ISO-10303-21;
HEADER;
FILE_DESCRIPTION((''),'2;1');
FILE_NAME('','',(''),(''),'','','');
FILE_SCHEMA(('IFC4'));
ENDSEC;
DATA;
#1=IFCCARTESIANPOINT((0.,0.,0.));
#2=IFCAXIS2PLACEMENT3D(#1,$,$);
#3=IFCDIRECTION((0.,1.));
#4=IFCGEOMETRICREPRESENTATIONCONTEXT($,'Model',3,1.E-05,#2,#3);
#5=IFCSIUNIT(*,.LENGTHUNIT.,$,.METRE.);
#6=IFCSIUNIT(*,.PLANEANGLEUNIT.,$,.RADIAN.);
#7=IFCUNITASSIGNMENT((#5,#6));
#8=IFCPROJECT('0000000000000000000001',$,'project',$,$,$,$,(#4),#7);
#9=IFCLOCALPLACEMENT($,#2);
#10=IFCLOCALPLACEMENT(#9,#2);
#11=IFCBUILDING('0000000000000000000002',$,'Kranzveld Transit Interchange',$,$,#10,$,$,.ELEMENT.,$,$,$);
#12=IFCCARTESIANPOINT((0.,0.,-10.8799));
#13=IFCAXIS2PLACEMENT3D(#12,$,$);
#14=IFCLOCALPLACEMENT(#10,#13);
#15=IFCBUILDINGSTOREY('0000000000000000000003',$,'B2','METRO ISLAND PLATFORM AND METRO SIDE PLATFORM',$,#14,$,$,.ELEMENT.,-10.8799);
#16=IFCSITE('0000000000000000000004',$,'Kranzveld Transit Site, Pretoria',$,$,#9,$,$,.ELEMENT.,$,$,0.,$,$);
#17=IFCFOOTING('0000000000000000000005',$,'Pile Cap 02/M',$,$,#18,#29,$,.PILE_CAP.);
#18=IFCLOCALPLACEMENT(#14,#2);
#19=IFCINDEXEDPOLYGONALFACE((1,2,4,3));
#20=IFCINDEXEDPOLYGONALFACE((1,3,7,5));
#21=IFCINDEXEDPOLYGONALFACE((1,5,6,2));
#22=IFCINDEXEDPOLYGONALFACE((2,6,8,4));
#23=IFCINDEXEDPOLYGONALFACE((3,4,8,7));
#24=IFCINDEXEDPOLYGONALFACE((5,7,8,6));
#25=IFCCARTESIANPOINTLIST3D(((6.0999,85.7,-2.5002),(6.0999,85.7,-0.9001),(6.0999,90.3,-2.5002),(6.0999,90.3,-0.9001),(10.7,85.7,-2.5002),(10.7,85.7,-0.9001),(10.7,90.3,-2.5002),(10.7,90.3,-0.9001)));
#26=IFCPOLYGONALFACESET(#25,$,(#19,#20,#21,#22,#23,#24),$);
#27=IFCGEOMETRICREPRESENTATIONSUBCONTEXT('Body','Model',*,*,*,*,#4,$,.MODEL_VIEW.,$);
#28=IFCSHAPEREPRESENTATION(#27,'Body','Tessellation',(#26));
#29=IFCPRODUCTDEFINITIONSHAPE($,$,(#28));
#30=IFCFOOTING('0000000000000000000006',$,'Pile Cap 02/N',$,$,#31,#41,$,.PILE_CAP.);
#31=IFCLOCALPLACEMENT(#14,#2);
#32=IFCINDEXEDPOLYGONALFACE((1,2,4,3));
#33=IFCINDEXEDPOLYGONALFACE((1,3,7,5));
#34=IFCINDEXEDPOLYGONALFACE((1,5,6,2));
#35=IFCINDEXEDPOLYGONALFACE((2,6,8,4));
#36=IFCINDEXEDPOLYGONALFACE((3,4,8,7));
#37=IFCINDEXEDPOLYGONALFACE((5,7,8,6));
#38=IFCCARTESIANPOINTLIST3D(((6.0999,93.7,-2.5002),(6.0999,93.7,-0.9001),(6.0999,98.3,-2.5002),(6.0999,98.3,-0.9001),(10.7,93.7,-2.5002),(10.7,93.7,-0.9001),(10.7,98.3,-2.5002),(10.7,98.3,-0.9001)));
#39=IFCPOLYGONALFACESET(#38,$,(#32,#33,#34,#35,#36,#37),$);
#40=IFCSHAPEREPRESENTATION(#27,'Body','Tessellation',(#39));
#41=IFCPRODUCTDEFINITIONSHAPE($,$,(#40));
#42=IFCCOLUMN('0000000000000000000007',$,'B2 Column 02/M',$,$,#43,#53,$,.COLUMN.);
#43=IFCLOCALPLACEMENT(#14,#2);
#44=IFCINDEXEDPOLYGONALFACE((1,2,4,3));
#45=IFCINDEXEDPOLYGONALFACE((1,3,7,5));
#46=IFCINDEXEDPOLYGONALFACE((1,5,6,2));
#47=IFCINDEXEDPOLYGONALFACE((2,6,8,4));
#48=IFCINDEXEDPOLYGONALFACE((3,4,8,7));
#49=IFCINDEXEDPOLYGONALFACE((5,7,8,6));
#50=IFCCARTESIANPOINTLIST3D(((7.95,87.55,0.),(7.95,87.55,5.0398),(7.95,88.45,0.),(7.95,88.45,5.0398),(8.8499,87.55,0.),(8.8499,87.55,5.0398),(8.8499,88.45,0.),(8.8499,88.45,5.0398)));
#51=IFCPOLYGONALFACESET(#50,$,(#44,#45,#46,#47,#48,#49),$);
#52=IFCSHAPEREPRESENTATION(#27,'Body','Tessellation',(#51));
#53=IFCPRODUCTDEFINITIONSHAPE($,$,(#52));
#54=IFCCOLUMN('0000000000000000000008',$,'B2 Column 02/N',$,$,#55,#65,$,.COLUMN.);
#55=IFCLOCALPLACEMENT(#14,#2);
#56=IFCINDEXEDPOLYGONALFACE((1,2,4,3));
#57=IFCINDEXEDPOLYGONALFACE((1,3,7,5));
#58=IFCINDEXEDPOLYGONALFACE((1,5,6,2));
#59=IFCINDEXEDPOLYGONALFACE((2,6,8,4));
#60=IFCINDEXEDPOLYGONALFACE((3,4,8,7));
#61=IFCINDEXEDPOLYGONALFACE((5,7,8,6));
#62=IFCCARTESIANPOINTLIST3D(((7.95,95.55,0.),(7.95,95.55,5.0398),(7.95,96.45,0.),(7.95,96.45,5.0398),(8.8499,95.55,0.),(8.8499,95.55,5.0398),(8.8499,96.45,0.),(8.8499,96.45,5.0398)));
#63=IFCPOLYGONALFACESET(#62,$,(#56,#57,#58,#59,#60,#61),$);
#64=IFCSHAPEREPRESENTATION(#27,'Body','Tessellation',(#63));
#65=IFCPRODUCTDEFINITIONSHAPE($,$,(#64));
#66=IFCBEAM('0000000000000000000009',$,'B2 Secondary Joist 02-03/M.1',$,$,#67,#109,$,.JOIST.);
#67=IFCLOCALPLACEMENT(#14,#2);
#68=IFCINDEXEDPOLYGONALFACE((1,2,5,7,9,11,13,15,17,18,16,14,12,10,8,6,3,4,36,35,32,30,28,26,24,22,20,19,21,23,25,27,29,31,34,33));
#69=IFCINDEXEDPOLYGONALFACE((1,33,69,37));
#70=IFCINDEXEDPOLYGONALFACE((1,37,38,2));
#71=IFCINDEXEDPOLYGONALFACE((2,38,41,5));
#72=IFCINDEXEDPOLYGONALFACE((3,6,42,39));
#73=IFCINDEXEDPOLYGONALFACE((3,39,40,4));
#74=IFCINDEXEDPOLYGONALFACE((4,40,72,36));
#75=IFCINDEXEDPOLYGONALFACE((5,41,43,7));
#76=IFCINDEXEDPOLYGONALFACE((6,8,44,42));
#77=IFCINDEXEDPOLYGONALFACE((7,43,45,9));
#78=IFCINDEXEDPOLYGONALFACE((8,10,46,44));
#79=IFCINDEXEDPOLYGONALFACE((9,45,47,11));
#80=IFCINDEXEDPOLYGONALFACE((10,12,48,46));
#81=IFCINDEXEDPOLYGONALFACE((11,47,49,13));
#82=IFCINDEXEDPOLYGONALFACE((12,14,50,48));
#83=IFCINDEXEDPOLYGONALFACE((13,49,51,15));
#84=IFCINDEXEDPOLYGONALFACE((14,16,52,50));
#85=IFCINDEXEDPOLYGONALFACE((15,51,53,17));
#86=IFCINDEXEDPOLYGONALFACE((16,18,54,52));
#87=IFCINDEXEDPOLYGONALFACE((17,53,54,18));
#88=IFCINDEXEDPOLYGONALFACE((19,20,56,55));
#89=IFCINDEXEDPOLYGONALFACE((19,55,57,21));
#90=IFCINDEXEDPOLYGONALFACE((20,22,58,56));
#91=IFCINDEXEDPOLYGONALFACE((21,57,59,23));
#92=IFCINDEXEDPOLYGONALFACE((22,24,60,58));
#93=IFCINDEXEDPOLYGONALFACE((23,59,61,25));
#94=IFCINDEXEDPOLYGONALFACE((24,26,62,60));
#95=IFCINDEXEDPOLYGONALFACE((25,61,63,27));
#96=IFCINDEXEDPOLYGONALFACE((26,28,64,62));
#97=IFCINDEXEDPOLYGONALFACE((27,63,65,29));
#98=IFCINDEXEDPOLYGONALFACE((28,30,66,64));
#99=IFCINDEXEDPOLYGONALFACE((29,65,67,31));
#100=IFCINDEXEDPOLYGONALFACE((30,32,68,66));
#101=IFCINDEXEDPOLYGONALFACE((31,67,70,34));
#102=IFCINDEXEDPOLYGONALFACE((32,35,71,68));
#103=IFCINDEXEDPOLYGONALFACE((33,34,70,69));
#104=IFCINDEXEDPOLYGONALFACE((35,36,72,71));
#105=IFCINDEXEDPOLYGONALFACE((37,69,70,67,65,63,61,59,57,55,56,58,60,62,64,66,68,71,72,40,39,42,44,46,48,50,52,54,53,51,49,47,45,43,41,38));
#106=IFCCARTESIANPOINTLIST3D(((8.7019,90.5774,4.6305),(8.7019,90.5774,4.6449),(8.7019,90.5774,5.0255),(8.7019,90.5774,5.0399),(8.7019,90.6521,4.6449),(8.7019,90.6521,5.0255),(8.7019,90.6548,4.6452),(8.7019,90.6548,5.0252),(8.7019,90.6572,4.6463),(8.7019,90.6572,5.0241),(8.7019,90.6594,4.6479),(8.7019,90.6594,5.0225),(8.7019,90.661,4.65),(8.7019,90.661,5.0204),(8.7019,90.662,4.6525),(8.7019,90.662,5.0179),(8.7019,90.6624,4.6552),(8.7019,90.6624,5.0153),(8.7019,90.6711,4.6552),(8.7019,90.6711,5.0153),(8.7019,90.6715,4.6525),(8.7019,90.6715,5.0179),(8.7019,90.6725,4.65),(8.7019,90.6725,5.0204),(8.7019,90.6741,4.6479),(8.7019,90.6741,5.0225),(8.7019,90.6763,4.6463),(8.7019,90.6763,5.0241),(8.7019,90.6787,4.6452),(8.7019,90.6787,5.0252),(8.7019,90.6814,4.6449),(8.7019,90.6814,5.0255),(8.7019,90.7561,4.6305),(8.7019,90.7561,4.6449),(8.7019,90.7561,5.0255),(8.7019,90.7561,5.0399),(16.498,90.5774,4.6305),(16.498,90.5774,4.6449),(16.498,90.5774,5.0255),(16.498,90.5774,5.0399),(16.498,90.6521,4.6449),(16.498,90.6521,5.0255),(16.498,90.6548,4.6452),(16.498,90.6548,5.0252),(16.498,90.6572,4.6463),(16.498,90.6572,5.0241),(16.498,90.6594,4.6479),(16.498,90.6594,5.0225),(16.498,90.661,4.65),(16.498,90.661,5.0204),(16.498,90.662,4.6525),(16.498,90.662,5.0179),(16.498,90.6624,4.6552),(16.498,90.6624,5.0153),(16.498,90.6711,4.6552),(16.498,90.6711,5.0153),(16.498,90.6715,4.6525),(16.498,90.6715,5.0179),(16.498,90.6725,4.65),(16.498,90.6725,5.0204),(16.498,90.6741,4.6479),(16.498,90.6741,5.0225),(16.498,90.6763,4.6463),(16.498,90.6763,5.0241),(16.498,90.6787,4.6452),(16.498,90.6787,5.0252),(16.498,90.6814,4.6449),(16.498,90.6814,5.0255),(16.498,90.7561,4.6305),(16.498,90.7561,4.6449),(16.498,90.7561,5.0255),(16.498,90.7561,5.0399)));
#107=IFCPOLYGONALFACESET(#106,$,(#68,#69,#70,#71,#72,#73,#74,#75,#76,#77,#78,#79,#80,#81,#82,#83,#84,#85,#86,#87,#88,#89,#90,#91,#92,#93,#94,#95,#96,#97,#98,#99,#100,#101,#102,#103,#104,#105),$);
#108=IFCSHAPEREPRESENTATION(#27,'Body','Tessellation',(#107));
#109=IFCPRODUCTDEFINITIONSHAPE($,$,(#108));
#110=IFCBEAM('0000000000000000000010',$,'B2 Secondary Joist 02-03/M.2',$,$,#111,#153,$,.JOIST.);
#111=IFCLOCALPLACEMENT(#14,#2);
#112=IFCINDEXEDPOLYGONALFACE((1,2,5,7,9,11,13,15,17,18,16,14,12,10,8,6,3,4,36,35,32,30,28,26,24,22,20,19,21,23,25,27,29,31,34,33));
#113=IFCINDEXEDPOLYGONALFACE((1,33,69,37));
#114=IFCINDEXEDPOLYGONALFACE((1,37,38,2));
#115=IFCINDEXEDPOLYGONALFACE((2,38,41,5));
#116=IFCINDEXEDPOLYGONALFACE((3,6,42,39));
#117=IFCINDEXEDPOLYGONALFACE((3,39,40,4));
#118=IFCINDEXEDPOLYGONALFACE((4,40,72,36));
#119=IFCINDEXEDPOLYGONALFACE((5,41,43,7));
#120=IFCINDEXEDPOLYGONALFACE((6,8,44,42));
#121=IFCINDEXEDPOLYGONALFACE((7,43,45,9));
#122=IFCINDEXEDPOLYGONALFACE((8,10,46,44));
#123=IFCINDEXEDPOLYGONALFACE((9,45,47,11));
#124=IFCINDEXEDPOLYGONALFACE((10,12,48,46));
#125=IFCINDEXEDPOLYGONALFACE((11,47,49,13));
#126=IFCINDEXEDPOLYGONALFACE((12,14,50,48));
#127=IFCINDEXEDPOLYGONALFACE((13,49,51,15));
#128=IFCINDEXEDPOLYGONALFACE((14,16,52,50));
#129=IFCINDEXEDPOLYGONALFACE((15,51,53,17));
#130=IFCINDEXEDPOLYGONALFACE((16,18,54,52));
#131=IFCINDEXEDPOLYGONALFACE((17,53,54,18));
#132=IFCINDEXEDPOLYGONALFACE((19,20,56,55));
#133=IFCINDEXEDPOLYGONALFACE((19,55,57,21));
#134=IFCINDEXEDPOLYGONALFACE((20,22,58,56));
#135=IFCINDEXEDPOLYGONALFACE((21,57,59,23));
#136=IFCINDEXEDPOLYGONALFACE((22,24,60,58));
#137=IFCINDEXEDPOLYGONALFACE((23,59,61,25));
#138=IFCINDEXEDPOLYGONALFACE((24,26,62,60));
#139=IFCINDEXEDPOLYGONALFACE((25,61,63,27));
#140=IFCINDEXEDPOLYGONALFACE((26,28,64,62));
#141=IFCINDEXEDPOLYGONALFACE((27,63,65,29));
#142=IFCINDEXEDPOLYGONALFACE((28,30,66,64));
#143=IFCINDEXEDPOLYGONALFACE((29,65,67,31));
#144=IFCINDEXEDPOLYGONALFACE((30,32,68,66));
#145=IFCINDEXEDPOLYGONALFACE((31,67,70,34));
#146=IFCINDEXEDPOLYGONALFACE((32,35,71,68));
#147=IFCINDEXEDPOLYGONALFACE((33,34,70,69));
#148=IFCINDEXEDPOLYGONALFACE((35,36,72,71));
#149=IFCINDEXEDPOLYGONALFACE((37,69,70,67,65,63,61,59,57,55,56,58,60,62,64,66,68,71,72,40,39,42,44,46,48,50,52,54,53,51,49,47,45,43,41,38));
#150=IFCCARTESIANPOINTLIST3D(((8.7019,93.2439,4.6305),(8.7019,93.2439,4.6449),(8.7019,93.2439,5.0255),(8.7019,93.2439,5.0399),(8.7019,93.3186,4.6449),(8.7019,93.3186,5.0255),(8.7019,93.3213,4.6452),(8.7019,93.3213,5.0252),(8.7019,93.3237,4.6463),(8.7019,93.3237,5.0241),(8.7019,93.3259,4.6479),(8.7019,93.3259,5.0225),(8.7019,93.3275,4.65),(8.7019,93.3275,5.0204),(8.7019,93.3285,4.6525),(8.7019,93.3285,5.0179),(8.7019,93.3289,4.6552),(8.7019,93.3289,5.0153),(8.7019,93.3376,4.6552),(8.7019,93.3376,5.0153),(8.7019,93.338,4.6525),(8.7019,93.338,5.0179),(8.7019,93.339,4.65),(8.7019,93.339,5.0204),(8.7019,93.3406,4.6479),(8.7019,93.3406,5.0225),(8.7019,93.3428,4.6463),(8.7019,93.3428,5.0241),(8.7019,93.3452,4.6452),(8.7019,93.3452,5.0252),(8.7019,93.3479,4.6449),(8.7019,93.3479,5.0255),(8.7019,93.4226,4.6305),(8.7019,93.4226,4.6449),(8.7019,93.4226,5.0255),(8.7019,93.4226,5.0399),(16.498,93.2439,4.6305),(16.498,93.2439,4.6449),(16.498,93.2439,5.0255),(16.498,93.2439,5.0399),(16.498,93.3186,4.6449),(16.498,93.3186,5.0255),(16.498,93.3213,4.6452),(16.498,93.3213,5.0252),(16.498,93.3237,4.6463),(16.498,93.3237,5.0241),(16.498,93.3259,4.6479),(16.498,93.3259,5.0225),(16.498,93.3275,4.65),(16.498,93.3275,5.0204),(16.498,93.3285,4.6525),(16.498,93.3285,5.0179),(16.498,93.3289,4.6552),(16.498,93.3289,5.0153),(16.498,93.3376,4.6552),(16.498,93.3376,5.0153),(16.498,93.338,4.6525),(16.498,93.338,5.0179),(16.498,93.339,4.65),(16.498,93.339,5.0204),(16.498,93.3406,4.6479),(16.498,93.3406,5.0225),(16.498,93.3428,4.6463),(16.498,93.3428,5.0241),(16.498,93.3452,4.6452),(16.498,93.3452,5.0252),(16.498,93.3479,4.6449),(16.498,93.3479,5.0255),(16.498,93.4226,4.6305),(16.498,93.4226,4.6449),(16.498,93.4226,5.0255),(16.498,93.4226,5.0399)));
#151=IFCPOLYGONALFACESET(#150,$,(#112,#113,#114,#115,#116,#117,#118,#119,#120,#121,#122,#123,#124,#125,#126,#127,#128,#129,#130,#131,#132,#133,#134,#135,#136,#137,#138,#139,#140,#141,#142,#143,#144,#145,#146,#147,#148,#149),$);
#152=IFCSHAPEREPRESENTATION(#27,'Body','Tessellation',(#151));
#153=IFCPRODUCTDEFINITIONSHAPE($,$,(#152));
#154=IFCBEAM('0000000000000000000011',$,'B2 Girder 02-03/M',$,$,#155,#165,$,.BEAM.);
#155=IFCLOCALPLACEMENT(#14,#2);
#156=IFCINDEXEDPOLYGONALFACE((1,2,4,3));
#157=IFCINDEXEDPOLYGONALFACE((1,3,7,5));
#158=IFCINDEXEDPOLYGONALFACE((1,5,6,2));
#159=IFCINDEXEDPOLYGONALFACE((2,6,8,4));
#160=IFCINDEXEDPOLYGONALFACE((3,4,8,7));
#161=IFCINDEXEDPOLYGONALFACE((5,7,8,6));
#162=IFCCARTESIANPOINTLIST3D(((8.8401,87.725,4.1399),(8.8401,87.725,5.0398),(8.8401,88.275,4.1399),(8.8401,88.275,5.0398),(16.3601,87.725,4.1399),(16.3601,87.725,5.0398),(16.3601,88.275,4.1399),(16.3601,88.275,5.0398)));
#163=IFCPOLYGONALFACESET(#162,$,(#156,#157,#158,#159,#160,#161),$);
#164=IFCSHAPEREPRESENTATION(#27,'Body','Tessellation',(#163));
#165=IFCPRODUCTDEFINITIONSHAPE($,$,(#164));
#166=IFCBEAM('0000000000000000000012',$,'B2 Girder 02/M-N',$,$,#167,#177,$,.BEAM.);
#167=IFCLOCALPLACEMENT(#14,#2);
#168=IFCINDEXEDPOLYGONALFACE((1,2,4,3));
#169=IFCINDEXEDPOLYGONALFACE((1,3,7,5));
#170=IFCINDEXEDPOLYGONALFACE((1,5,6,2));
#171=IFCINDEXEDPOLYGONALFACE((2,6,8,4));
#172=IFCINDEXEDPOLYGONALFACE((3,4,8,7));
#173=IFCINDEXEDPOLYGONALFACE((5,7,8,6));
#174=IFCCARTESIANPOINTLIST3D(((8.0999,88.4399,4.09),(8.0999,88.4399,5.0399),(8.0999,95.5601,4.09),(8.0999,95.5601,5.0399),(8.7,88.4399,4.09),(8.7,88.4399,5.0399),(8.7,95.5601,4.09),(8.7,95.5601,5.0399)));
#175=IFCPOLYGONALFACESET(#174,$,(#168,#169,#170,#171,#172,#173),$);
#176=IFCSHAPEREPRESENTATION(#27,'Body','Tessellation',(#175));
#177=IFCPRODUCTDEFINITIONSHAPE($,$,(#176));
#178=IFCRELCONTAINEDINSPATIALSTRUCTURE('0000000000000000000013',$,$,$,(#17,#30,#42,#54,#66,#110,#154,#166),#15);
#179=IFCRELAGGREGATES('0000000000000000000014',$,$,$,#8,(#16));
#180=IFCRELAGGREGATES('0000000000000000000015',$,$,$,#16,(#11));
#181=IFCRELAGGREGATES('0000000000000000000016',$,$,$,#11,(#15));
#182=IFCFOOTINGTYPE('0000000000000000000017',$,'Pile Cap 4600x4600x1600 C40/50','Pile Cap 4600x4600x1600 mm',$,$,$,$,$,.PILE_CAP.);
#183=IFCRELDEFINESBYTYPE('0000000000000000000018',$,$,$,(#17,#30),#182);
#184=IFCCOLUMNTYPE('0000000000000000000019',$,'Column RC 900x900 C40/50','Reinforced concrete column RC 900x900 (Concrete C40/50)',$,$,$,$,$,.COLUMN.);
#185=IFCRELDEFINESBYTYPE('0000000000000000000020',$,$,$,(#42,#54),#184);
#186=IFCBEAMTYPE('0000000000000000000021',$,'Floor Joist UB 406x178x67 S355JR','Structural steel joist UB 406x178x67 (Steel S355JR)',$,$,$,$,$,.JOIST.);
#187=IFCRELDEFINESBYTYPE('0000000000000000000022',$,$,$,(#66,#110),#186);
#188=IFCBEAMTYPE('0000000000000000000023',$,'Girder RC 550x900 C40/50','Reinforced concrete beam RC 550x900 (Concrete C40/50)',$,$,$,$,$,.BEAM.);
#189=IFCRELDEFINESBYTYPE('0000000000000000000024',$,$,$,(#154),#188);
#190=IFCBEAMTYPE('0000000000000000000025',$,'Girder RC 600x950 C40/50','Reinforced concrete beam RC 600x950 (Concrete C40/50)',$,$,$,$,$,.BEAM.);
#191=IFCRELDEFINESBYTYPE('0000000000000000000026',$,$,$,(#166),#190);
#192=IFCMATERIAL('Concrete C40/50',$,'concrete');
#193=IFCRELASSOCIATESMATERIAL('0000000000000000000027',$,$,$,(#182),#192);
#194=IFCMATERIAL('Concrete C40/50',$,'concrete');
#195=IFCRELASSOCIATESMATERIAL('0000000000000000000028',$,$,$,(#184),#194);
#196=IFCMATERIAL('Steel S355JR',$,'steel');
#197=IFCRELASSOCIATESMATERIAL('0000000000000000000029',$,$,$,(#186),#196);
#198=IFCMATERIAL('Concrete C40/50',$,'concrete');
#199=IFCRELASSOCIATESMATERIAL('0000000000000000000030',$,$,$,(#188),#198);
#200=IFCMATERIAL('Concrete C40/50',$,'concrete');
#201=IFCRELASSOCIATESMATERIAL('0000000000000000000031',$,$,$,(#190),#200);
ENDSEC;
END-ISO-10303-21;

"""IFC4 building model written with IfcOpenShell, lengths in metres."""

from ifc_helpers import new_model, si_unit, direction, frame, origin, origin_2d, place, context, subcontext, project, spatial, rectangle, i_section, extrude, material, material_profile, profile_set, type_object, element, save


model = new_model("IFC4")

# Units and contexts
model_context = context("Model", 3, precision=1e-05, world=origin(), true_north=direction((0.0, 1.0)))
body_context = subcontext(model_context, "Body", "Model", "MODEL_VIEW")
ifc_project = project(units=[si_unit("LENGTHUNIT", "METRE"), si_unit("PLANEANGLEUNIT", "RADIAN")], contexts=[model_context])

# Site, building, storey
site_placement = place(None, origin())
site = spatial("IfcSite", under=ifc_project, at=site_placement, Name="Kranzveld Transit Site, Pretoria", CompositionType="ELEMENT", RefElevation=0.0)
building_placement = place(site_placement, origin())
building = spatial("IfcBuilding", under=site, at=building_placement, Name="Kranzveld Transit Interchange", CompositionType="ELEMENT")
storey_placement = place(building_placement, frame((0.0, 0.0, -10.8799)))
storey = spatial("IfcBuildingStorey", under=building, at=storey_placement, Name="B2", Description="METRO ISLAND PLATFORM AND METRO SIDE PLATFORM", CompositionType="ELEMENT", Elevation=-10.8799)

# Footings
ifc_material_1 = material(Name="Concrete C40/50", Category="concrete")
footing_type = type_object("IfcFootingType", Name="Pile Cap 4600x4600x1600 C40/50", Description="Pile Cap 4600x4600x1600 mm", PredefinedType="PILE_CAP", material=ifc_material_1)
for number, where, z_axis, x_axis, name in (
    (1, (8.3999, 88.0, -2.5002), (0.0, 0.0, 1.0), (1.0, 0.0, 0.0), "Pile Cap 02/M"),
    (2, (8.3999, 96.0, -2.5002), (0.0, 0.0, 1.0), (1.0, 0.0, 0.0), "Pile Cap 02/N"),
):
    element("IfcFooting", number, at=place(storey_placement, frame(where, z_axis=z_axis, x_axis=x_axis)), inside=storey, type_object=footing_type, Name=name, PredefinedType="PILE_CAP", context=body_context, shape_type="SweptSolid", body=[
        extrude(rectangle(XDim=4.6001, YDim=4.6001, at=origin_2d()), origin(), (0.0, 0.0, 1.0), 1.6001),
    ])

# Columns
ifc_material_2 = material(Name="Concrete C40/50", Category="concrete")
ifc_material_profile_1 = material_profile(ifc_material_2, rectangle(XDim=0.8999, YDim=0.8999, at=origin_2d()), Name="RC 900x900")
ifc_profile_set_1 = profile_set([ifc_material_profile_1], Name="Concrete C40/50")
column_type = type_object("IfcColumnType", Name="Column RC 900x900 C40/50", Description="Reinforced concrete column RC 900x900 (Concrete C40/50)", PredefinedType="COLUMN", material=ifc_profile_set_1)
for number, where, z_axis, x_axis, name in (
    (3, (8.3999, 88.0, 0.0), (0.0, 0.0, 1.0), (1.0, 0.0, 0.0), "B2 Column 02/M"),
    (4, (8.3999, 96.0, 0.0), (0.0, 0.0, 1.0), (1.0, 0.0, 0.0), "B2 Column 02/N"),
):
    element("IfcColumn", number, at=place(storey_placement, frame(where, z_axis=z_axis, x_axis=x_axis)), inside=storey, type_object=column_type, Name=name, PredefinedType="COLUMN", context=body_context, shape_type="SweptSolid", body=[
        extrude(rectangle(XDim=0.8999, YDim=0.8999, at=origin_2d()), origin(), (0.0, 0.0, 1.0), 5.0398),
    ])

# Beams
ifc_material_3 = material(Name="Steel S355JR", Category="steel")
ifc_material_profile_2 = material_profile(ifc_material_3, i_section(OverallWidth=0.1787, OverallDepth=0.4094, WebThickness=0.0088, FlangeThickness=0.0144, FilletRadius=0.0103, at=origin_2d()), Name="UB 406x178x67")
ifc_profile_set_2 = profile_set([ifc_material_profile_2], Name="Steel S355JR")
beam_type_1 = type_object("IfcBeamType", Name="Floor Joist UB 406x178x67 S355JR", Description="Structural steel joist UB 406x178x67 (Steel S355JR)", PredefinedType="JOIST", material=ifc_profile_set_2)
for number, where, z_axis, x_axis, name in (
    (5, (8.7019, 90.6667, 4.8352), (1.0, 0.0, 0.0), (0.0, 1.0, 0.0), "B2 Secondary Joist 02-03/M.1"),
    (6, (8.7019, 93.3333, 4.8352), (1.0, 0.0, 0.0), (0.0, 1.0, 0.0), "B2 Secondary Joist 02-03/M.2"),
):
    element("IfcBeam", number, at=place(storey_placement, frame(where, z_axis=z_axis, x_axis=x_axis)), inside=storey, type_object=beam_type_1, Name=name, PredefinedType="JOIST", context=body_context, shape_type="SweptSolid", body=[
        extrude(i_section(OverallWidth=0.1787, OverallDepth=0.4094, WebThickness=0.0088, FlangeThickness=0.0144, FilletRadius=0.0103, at=origin_2d()), origin(), (0.0, 0.0, 1.0), 7.7961),
    ])
ifc_material_4 = material(Name="Concrete C40/50", Category="concrete")
ifc_material_profile_3 = material_profile(ifc_material_4, rectangle(XDim=0.55, YDim=0.8999, at=origin_2d()), Name="RC 550x900")
ifc_profile_set_3 = profile_set([ifc_material_profile_3], Name="Concrete C40/50")
beam_type_2 = type_object("IfcBeamType", Name="Girder RC 550x900 C40/50", Description="Reinforced concrete beam RC 550x900 (Concrete C40/50)", PredefinedType="BEAM", material=ifc_profile_set_3)
beam_1_placement = place(storey_placement, frame((8.8401, 88.0, 4.5898), z_axis=(1.0, 0.0, 0.0), x_axis=(0.0, 1.0, 0.0)))
element("IfcBeam", 7, at=beam_1_placement, inside=storey, type_object=beam_type_2, Name="B2 Girder 02-03/M", PredefinedType="BEAM", context=body_context, shape_type="SweptSolid", body=[
    extrude(rectangle(XDim=0.55, YDim=0.8999, at=origin_2d()), origin(), (0.0, 0.0, 1.0), 7.52),
])
ifc_material_5 = material(Name="Concrete C40/50", Category="concrete")
ifc_material_profile_4 = material_profile(ifc_material_5, rectangle(XDim=0.6001, YDim=0.95, at=origin_2d()), Name="RC 600x950")
ifc_profile_set_4 = profile_set([ifc_material_profile_4], Name="Concrete C40/50")
beam_type_3 = type_object("IfcBeamType", Name="Girder RC 600x950 C40/50", Description="Reinforced concrete beam RC 600x950 (Concrete C40/50)", PredefinedType="BEAM", material=ifc_profile_set_4)
beam_2_placement = place(storey_placement, frame((8.3999, 88.4399, 4.5649), z_axis=(0.0, 1.0, 0.0), x_axis=(-1.0, 0.0, 0.0)))
element("IfcBeam", 8, at=beam_2_placement, inside=storey, type_object=beam_type_3, Name="B2 Girder 02/M-N", PredefinedType="BEAM", context=body_context, shape_type="SweptSolid", body=[
    extrude(rectangle(XDim=0.6001, YDim=0.95, at=origin_2d()), origin(), (0.0, 0.0, 1.0), 7.1201),
])

save(model, "model.ifc")
